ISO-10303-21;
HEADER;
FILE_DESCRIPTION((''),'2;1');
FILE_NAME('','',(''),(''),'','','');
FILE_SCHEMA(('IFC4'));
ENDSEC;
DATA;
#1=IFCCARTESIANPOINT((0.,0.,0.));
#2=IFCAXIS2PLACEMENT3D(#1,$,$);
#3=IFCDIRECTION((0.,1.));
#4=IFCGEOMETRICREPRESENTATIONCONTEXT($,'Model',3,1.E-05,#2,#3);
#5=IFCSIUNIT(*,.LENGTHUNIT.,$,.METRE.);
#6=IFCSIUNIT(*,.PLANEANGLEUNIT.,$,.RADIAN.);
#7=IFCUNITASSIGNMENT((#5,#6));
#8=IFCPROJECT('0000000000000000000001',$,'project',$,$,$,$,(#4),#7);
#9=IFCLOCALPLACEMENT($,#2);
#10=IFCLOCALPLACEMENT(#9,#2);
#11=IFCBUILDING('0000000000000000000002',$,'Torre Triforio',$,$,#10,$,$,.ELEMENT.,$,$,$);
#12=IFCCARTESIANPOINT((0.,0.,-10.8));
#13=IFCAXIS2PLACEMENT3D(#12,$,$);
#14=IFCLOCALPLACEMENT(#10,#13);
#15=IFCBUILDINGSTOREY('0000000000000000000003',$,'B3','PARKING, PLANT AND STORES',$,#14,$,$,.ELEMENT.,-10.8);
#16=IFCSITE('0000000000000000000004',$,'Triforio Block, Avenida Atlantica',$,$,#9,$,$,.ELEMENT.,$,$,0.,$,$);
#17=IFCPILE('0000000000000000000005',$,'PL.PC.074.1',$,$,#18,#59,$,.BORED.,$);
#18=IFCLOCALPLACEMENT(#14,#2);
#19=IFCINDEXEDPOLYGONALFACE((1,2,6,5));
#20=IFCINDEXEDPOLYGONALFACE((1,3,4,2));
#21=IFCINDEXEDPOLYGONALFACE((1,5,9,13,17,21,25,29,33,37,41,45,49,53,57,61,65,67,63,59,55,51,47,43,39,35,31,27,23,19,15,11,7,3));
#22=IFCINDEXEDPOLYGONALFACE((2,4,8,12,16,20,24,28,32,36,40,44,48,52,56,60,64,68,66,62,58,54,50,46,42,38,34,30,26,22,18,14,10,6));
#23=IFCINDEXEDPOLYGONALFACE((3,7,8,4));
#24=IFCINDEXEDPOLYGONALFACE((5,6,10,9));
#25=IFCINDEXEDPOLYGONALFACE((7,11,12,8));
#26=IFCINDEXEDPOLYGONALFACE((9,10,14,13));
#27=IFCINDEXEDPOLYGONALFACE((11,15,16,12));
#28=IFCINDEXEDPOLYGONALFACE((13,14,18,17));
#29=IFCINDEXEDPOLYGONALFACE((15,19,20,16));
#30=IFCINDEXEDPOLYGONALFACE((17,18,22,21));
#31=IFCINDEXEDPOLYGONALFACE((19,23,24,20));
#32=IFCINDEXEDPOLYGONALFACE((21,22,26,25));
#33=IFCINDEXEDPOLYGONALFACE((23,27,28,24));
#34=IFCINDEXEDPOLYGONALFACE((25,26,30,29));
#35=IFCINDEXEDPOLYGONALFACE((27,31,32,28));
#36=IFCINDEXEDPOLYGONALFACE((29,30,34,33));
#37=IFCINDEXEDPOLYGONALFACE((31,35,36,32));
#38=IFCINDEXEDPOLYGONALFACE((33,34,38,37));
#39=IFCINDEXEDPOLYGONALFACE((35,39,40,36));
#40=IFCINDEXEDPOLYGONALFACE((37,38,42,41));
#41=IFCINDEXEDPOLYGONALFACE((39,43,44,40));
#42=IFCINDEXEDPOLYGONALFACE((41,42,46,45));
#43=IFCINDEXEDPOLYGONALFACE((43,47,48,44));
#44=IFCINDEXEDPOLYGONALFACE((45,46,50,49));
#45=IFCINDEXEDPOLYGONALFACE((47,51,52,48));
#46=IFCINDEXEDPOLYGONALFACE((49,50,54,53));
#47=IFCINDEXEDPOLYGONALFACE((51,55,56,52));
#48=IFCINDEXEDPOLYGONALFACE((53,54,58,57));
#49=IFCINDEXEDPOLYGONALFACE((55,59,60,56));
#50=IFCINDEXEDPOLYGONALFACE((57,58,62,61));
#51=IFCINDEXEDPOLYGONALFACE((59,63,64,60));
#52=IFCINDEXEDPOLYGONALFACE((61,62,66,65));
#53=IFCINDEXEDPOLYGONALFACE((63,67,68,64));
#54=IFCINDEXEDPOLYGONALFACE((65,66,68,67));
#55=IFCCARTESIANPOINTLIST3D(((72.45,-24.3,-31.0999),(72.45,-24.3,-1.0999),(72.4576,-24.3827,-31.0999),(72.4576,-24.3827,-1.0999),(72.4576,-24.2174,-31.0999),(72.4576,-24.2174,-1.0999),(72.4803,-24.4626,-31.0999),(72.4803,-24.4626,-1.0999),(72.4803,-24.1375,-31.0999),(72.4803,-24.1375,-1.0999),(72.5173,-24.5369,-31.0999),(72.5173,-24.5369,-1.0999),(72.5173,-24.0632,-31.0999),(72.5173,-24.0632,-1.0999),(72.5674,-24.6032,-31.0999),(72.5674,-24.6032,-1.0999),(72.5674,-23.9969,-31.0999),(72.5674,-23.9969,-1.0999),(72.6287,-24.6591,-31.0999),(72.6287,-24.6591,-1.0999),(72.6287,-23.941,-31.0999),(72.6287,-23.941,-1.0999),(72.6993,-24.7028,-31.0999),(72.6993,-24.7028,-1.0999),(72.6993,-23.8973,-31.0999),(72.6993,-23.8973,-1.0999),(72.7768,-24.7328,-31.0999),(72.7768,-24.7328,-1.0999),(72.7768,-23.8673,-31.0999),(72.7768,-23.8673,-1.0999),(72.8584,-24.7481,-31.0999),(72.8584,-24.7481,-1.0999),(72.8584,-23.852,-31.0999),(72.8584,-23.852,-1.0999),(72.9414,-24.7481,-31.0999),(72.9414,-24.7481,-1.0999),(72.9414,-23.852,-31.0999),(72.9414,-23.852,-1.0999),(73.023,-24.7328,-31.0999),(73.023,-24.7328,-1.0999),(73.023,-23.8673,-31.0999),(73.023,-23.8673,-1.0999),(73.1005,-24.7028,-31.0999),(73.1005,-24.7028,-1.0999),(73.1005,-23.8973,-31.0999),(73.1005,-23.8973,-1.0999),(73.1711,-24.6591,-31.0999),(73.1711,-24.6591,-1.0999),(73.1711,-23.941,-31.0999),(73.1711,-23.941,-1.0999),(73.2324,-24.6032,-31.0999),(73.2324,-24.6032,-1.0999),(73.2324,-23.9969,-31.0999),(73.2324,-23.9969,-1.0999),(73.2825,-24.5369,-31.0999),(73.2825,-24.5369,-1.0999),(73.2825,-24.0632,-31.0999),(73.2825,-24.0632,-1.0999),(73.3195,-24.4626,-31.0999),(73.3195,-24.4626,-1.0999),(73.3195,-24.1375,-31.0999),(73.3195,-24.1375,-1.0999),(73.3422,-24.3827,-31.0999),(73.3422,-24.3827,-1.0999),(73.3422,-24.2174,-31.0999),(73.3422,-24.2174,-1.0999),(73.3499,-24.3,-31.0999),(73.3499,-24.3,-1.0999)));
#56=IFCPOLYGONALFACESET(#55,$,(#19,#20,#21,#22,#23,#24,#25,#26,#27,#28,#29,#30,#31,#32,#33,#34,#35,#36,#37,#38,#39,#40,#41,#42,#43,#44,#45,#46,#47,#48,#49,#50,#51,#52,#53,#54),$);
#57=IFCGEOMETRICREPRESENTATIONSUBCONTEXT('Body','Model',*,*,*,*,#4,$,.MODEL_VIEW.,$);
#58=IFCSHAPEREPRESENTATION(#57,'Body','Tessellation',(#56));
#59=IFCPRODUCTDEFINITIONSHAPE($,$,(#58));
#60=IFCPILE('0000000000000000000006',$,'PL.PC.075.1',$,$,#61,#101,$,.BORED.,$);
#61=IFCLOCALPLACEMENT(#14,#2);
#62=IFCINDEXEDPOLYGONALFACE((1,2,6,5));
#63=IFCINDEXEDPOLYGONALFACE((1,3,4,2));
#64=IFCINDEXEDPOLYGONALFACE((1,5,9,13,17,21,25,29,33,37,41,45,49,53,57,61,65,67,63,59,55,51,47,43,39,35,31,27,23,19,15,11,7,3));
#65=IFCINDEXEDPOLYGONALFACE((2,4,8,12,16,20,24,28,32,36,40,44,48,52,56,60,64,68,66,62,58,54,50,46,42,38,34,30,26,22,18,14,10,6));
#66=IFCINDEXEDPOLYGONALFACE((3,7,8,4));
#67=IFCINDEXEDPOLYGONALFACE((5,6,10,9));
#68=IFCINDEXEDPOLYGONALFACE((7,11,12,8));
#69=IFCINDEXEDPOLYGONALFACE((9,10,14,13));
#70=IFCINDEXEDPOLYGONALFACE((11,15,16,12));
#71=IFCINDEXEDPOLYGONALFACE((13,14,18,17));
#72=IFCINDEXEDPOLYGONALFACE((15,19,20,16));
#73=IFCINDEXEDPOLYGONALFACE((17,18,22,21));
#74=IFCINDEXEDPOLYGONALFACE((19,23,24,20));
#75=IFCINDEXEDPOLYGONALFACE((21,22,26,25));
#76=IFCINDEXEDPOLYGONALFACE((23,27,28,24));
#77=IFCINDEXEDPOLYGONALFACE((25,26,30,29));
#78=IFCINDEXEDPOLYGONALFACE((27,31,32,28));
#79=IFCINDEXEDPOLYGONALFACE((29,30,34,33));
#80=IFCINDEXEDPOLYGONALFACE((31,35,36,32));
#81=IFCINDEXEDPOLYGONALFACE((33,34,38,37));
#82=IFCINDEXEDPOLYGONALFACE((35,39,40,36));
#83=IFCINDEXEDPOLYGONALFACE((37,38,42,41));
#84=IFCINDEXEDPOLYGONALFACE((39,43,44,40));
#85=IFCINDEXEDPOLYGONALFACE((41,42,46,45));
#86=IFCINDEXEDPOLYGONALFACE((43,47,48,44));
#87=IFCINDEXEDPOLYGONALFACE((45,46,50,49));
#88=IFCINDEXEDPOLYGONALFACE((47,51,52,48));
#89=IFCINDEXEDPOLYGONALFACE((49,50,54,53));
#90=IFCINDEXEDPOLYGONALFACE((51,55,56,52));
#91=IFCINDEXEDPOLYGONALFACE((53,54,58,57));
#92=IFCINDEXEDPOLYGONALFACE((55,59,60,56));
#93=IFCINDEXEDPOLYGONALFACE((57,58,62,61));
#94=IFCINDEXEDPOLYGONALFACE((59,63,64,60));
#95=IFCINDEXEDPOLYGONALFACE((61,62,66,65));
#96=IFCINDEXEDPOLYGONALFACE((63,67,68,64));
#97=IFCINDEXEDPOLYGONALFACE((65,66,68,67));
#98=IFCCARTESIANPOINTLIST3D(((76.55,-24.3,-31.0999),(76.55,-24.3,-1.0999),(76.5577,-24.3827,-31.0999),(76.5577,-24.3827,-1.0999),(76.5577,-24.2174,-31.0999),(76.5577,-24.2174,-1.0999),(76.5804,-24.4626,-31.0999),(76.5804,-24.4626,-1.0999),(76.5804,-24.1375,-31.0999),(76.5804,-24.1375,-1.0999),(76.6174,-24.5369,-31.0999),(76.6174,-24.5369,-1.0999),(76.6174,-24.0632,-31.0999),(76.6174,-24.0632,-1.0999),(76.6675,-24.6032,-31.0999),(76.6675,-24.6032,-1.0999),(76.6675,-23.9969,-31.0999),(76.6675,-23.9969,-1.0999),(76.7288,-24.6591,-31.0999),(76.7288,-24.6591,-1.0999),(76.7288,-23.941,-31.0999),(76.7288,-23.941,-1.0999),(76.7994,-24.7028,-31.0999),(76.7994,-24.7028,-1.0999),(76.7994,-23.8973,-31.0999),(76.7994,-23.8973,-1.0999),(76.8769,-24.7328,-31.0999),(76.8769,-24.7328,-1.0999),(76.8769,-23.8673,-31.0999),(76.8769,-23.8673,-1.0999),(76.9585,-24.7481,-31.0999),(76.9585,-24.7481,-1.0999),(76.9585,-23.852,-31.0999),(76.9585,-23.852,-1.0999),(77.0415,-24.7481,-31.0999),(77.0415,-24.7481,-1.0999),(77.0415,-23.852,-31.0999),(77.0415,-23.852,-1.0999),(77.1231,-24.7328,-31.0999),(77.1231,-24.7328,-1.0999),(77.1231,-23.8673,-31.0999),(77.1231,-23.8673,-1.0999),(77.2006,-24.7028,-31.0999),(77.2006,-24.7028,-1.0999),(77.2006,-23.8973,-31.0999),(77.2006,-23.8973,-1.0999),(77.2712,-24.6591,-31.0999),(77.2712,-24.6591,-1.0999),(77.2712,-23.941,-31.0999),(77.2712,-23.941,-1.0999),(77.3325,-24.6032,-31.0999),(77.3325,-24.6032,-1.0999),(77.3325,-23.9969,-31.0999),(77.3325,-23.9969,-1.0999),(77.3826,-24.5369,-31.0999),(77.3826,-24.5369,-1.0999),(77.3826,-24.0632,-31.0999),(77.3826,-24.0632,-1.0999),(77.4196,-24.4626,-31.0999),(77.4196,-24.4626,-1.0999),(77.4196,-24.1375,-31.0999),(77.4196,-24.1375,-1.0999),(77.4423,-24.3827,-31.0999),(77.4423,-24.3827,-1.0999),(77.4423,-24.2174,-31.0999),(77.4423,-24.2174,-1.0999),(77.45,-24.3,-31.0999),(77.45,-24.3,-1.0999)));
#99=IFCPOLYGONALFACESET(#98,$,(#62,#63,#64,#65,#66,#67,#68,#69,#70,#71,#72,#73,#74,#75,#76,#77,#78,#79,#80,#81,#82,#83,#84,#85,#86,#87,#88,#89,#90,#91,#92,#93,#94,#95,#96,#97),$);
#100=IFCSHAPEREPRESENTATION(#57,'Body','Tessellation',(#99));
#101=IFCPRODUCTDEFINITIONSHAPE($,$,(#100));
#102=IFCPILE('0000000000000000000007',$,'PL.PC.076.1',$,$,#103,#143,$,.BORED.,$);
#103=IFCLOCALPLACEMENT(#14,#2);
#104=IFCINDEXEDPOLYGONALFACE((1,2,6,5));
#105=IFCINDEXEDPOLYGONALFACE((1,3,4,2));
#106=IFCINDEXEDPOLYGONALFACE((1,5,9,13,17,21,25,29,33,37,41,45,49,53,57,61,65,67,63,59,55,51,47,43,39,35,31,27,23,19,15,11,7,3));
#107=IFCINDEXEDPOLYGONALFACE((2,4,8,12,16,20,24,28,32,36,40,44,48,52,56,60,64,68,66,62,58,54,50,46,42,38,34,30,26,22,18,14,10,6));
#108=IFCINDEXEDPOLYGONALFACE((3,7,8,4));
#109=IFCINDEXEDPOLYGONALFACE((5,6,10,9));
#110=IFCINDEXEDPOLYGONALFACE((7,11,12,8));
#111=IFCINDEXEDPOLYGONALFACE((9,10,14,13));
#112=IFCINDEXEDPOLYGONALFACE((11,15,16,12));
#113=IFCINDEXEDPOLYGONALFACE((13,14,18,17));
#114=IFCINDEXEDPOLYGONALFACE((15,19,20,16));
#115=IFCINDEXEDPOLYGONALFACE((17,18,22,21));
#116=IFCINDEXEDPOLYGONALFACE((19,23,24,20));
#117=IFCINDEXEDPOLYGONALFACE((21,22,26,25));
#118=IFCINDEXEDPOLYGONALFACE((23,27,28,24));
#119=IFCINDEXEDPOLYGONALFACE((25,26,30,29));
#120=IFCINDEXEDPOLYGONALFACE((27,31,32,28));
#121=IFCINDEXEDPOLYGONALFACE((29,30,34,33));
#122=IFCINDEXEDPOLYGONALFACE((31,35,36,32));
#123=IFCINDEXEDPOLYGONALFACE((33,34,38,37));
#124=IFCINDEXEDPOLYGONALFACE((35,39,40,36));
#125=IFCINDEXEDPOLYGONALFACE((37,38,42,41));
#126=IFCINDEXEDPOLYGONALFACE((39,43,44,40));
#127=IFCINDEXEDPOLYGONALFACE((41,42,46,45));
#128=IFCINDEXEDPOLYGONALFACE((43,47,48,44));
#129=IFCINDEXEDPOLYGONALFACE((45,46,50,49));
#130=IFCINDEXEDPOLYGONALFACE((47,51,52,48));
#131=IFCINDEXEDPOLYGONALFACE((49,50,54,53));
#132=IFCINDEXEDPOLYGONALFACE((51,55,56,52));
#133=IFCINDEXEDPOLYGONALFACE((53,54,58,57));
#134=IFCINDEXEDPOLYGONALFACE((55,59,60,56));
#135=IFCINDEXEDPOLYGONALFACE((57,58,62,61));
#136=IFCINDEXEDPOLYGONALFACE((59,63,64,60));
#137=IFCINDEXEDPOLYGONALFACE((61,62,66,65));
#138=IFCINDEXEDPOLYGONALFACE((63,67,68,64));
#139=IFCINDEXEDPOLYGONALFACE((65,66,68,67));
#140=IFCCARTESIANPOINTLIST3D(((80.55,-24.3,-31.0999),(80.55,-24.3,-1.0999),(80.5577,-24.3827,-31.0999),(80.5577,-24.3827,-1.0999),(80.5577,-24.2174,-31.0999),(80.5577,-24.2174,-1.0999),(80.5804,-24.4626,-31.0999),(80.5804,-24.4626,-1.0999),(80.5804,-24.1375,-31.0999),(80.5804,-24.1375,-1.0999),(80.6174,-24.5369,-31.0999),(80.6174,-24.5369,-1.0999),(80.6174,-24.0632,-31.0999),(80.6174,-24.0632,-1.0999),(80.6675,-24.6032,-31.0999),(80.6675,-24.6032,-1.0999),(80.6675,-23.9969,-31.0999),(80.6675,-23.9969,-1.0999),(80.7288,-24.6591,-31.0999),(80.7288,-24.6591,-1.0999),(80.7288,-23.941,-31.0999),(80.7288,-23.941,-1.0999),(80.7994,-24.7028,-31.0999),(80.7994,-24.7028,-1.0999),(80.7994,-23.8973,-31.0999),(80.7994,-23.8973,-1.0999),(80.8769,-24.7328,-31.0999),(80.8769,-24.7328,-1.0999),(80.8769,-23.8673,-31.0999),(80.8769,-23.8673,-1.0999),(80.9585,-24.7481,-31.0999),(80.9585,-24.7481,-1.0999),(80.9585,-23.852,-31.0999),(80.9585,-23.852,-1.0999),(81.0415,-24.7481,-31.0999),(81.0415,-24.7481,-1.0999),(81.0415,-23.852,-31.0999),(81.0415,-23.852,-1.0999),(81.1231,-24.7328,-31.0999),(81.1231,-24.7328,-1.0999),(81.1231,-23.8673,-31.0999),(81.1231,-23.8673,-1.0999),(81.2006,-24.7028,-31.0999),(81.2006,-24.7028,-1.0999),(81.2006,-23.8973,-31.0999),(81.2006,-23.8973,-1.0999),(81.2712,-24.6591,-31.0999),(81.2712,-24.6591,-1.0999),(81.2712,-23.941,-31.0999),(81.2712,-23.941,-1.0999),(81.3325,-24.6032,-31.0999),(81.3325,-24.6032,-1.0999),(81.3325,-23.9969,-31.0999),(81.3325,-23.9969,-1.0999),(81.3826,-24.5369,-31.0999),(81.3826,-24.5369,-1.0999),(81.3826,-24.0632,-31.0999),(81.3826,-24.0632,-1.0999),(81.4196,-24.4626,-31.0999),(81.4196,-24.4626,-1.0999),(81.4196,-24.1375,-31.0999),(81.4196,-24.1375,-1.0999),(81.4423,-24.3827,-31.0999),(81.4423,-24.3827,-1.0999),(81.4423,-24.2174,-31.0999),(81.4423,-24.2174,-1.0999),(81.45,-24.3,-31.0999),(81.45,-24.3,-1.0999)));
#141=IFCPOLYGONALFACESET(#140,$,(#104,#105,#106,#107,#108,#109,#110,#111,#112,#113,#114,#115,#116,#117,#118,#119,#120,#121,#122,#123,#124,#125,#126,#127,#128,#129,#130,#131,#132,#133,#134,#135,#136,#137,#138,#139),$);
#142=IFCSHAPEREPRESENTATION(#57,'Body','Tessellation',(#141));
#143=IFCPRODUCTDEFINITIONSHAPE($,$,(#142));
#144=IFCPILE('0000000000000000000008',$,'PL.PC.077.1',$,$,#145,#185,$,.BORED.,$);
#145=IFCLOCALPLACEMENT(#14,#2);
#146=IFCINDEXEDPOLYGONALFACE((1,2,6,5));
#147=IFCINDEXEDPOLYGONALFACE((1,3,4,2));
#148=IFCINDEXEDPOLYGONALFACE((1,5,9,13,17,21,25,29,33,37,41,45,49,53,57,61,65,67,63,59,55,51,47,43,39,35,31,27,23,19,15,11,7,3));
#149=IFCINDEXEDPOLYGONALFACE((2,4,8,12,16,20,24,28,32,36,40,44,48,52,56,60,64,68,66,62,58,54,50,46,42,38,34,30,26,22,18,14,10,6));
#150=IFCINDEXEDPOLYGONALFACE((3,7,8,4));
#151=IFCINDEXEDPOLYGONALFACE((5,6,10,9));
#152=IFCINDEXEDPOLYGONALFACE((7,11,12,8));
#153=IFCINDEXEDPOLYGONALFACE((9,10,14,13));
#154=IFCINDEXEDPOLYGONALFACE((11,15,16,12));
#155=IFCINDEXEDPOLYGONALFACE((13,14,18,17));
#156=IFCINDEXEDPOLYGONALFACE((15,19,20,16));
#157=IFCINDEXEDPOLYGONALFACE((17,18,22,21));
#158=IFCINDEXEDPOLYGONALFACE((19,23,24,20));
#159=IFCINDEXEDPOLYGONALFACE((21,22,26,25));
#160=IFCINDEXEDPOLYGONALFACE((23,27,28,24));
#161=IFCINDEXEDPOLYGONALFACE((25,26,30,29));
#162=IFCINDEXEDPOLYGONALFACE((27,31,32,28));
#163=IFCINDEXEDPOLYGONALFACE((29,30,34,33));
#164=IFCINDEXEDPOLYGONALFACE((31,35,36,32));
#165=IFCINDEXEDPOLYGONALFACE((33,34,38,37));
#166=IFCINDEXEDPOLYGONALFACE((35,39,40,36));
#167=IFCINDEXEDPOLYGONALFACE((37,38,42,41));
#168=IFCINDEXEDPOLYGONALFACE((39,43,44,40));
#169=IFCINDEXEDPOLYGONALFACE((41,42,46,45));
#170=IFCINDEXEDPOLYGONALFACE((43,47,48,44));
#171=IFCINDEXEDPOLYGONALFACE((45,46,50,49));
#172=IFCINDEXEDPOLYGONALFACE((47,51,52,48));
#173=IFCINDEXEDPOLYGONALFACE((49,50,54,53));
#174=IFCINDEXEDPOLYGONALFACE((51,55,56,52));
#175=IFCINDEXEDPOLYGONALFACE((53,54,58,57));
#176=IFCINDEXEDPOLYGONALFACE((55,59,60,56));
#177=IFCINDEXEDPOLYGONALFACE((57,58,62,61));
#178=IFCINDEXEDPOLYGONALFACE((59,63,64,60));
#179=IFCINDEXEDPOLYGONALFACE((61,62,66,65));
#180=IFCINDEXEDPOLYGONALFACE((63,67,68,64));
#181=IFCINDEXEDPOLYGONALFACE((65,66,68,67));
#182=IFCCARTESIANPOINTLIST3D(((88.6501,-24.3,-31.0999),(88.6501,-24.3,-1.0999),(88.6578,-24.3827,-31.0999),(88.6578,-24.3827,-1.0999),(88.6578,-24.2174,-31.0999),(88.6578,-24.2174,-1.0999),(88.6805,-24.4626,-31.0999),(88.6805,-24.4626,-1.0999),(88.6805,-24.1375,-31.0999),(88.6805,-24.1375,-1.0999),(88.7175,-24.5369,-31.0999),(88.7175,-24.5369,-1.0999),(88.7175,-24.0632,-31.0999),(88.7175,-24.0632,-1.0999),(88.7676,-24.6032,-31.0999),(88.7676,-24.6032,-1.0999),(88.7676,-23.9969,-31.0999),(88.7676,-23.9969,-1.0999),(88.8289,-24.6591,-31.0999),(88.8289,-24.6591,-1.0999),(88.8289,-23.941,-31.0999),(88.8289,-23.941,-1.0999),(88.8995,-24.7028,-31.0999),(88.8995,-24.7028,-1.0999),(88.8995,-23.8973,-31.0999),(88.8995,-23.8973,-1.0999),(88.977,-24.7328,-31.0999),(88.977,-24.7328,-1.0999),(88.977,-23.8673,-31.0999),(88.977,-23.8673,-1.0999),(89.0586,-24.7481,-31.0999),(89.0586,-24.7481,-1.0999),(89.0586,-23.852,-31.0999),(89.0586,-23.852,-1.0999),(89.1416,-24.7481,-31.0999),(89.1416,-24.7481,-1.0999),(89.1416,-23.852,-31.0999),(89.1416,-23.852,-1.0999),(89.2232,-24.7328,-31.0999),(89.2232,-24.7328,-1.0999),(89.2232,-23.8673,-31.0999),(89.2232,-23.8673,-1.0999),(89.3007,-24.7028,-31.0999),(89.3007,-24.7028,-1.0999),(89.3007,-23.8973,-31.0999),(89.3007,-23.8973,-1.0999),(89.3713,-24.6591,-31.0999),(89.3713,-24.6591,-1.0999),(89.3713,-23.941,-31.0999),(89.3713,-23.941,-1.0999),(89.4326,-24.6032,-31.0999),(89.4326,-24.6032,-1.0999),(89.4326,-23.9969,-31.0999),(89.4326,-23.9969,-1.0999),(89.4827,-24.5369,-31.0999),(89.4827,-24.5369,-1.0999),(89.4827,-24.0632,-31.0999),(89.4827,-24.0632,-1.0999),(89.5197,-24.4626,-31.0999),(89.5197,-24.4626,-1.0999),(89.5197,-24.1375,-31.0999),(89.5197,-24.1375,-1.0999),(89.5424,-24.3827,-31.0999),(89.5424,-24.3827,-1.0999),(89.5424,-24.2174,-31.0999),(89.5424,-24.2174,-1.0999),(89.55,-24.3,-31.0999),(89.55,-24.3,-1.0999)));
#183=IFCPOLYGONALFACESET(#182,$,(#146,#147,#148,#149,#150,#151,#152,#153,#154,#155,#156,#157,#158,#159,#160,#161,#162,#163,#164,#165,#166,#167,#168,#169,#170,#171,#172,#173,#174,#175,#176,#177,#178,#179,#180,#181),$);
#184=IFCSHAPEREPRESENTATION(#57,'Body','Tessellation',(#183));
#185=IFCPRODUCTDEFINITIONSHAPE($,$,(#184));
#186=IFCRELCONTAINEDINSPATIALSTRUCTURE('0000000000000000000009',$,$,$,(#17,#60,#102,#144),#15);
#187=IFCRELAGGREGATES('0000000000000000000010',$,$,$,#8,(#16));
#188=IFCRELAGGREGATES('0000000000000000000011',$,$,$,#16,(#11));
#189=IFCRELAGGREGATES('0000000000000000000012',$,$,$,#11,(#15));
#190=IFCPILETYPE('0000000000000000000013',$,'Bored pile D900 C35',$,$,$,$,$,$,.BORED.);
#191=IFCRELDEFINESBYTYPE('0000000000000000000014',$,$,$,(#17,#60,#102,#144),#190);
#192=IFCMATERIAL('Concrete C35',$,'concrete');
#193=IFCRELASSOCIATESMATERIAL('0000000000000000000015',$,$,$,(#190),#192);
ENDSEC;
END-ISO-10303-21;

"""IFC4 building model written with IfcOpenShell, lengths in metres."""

from ifc_helpers import new_model, si_unit, direction, frame, origin, origin_2d, place, context, subcontext, project, spatial, circle, extrude, material, material_profile, profile_set, type_object, element, save


model = new_model("IFC4")

# Units and contexts
model_context = context("Model", 3, precision=1e-05, world=origin(), true_north=direction((0.0, 1.0)))
body_context = subcontext(model_context, "Body", "Model", "MODEL_VIEW")
ifc_project = project(units=[si_unit("LENGTHUNIT", "METRE"), si_unit("PLANEANGLEUNIT", "RADIAN")], contexts=[model_context])

# Site, building, storey
site_placement = place(None, origin())
site = spatial("IfcSite", under=ifc_project, at=site_placement, Name="Triforio Block, Avenida Atlantica", CompositionType="ELEMENT", RefElevation=0.0)
building_placement = place(site_placement, origin())
building = spatial("IfcBuilding", under=site, at=building_placement, Name="Torre Triforio", CompositionType="ELEMENT")
storey_placement = place(building_placement, frame((0.0, 0.0, -10.8)))
storey = spatial("IfcBuildingStorey", under=building, at=storey_placement, Name="B3", Description="PARKING, PLANT AND STORES", CompositionType="ELEMENT", Elevation=-10.8)

# Piles
ifc_material_1 = material(Name="Concrete C35", Category="concrete")
ifc_material_profile_1 = material_profile(ifc_material_1, circle(Radius=0.45, at=origin_2d()), Name="RC D900")
ifc_profile_set_1 = profile_set([ifc_material_profile_1], Name="Concrete C35")
pile_type = type_object("IfcPileType", Name="Bored pile D900 C35", PredefinedType="BORED", material=ifc_profile_set_1)
for number, where, z_axis, x_axis, name in (
    (1, (72.8999, -24.3, -1.0999), (0.0, 0.0, -1.0), (1.0, 0.0, 0.0), "PL.PC.074.1"),
    (2, (77.0, -24.3, -1.0999), (0.0, 0.0, -1.0), (1.0, 0.0, 0.0), "PL.PC.075.1"),
    (3, (81.0, -24.3, -1.0999), (0.0, 0.0, -1.0), (1.0, 0.0, 0.0), "PL.PC.076.1"),
    (4, (89.1001, -24.3, -1.0999), (0.0, 0.0, -1.0), (1.0, 0.0, 0.0), "PL.PC.077.1"),
):
    element("IfcPile", number, at=place(storey_placement, frame(where, z_axis=z_axis, x_axis=x_axis)), inside=storey, type_object=pile_type, Name=name, PredefinedType="BORED", context=body_context, shape_type="SweptSolid", body=[
        extrude(circle(Radius=0.45, at=origin_2d()), origin(), (0.0, 0.0, 1.0), 30.0),
    ])

save(model, "model.ifc")
